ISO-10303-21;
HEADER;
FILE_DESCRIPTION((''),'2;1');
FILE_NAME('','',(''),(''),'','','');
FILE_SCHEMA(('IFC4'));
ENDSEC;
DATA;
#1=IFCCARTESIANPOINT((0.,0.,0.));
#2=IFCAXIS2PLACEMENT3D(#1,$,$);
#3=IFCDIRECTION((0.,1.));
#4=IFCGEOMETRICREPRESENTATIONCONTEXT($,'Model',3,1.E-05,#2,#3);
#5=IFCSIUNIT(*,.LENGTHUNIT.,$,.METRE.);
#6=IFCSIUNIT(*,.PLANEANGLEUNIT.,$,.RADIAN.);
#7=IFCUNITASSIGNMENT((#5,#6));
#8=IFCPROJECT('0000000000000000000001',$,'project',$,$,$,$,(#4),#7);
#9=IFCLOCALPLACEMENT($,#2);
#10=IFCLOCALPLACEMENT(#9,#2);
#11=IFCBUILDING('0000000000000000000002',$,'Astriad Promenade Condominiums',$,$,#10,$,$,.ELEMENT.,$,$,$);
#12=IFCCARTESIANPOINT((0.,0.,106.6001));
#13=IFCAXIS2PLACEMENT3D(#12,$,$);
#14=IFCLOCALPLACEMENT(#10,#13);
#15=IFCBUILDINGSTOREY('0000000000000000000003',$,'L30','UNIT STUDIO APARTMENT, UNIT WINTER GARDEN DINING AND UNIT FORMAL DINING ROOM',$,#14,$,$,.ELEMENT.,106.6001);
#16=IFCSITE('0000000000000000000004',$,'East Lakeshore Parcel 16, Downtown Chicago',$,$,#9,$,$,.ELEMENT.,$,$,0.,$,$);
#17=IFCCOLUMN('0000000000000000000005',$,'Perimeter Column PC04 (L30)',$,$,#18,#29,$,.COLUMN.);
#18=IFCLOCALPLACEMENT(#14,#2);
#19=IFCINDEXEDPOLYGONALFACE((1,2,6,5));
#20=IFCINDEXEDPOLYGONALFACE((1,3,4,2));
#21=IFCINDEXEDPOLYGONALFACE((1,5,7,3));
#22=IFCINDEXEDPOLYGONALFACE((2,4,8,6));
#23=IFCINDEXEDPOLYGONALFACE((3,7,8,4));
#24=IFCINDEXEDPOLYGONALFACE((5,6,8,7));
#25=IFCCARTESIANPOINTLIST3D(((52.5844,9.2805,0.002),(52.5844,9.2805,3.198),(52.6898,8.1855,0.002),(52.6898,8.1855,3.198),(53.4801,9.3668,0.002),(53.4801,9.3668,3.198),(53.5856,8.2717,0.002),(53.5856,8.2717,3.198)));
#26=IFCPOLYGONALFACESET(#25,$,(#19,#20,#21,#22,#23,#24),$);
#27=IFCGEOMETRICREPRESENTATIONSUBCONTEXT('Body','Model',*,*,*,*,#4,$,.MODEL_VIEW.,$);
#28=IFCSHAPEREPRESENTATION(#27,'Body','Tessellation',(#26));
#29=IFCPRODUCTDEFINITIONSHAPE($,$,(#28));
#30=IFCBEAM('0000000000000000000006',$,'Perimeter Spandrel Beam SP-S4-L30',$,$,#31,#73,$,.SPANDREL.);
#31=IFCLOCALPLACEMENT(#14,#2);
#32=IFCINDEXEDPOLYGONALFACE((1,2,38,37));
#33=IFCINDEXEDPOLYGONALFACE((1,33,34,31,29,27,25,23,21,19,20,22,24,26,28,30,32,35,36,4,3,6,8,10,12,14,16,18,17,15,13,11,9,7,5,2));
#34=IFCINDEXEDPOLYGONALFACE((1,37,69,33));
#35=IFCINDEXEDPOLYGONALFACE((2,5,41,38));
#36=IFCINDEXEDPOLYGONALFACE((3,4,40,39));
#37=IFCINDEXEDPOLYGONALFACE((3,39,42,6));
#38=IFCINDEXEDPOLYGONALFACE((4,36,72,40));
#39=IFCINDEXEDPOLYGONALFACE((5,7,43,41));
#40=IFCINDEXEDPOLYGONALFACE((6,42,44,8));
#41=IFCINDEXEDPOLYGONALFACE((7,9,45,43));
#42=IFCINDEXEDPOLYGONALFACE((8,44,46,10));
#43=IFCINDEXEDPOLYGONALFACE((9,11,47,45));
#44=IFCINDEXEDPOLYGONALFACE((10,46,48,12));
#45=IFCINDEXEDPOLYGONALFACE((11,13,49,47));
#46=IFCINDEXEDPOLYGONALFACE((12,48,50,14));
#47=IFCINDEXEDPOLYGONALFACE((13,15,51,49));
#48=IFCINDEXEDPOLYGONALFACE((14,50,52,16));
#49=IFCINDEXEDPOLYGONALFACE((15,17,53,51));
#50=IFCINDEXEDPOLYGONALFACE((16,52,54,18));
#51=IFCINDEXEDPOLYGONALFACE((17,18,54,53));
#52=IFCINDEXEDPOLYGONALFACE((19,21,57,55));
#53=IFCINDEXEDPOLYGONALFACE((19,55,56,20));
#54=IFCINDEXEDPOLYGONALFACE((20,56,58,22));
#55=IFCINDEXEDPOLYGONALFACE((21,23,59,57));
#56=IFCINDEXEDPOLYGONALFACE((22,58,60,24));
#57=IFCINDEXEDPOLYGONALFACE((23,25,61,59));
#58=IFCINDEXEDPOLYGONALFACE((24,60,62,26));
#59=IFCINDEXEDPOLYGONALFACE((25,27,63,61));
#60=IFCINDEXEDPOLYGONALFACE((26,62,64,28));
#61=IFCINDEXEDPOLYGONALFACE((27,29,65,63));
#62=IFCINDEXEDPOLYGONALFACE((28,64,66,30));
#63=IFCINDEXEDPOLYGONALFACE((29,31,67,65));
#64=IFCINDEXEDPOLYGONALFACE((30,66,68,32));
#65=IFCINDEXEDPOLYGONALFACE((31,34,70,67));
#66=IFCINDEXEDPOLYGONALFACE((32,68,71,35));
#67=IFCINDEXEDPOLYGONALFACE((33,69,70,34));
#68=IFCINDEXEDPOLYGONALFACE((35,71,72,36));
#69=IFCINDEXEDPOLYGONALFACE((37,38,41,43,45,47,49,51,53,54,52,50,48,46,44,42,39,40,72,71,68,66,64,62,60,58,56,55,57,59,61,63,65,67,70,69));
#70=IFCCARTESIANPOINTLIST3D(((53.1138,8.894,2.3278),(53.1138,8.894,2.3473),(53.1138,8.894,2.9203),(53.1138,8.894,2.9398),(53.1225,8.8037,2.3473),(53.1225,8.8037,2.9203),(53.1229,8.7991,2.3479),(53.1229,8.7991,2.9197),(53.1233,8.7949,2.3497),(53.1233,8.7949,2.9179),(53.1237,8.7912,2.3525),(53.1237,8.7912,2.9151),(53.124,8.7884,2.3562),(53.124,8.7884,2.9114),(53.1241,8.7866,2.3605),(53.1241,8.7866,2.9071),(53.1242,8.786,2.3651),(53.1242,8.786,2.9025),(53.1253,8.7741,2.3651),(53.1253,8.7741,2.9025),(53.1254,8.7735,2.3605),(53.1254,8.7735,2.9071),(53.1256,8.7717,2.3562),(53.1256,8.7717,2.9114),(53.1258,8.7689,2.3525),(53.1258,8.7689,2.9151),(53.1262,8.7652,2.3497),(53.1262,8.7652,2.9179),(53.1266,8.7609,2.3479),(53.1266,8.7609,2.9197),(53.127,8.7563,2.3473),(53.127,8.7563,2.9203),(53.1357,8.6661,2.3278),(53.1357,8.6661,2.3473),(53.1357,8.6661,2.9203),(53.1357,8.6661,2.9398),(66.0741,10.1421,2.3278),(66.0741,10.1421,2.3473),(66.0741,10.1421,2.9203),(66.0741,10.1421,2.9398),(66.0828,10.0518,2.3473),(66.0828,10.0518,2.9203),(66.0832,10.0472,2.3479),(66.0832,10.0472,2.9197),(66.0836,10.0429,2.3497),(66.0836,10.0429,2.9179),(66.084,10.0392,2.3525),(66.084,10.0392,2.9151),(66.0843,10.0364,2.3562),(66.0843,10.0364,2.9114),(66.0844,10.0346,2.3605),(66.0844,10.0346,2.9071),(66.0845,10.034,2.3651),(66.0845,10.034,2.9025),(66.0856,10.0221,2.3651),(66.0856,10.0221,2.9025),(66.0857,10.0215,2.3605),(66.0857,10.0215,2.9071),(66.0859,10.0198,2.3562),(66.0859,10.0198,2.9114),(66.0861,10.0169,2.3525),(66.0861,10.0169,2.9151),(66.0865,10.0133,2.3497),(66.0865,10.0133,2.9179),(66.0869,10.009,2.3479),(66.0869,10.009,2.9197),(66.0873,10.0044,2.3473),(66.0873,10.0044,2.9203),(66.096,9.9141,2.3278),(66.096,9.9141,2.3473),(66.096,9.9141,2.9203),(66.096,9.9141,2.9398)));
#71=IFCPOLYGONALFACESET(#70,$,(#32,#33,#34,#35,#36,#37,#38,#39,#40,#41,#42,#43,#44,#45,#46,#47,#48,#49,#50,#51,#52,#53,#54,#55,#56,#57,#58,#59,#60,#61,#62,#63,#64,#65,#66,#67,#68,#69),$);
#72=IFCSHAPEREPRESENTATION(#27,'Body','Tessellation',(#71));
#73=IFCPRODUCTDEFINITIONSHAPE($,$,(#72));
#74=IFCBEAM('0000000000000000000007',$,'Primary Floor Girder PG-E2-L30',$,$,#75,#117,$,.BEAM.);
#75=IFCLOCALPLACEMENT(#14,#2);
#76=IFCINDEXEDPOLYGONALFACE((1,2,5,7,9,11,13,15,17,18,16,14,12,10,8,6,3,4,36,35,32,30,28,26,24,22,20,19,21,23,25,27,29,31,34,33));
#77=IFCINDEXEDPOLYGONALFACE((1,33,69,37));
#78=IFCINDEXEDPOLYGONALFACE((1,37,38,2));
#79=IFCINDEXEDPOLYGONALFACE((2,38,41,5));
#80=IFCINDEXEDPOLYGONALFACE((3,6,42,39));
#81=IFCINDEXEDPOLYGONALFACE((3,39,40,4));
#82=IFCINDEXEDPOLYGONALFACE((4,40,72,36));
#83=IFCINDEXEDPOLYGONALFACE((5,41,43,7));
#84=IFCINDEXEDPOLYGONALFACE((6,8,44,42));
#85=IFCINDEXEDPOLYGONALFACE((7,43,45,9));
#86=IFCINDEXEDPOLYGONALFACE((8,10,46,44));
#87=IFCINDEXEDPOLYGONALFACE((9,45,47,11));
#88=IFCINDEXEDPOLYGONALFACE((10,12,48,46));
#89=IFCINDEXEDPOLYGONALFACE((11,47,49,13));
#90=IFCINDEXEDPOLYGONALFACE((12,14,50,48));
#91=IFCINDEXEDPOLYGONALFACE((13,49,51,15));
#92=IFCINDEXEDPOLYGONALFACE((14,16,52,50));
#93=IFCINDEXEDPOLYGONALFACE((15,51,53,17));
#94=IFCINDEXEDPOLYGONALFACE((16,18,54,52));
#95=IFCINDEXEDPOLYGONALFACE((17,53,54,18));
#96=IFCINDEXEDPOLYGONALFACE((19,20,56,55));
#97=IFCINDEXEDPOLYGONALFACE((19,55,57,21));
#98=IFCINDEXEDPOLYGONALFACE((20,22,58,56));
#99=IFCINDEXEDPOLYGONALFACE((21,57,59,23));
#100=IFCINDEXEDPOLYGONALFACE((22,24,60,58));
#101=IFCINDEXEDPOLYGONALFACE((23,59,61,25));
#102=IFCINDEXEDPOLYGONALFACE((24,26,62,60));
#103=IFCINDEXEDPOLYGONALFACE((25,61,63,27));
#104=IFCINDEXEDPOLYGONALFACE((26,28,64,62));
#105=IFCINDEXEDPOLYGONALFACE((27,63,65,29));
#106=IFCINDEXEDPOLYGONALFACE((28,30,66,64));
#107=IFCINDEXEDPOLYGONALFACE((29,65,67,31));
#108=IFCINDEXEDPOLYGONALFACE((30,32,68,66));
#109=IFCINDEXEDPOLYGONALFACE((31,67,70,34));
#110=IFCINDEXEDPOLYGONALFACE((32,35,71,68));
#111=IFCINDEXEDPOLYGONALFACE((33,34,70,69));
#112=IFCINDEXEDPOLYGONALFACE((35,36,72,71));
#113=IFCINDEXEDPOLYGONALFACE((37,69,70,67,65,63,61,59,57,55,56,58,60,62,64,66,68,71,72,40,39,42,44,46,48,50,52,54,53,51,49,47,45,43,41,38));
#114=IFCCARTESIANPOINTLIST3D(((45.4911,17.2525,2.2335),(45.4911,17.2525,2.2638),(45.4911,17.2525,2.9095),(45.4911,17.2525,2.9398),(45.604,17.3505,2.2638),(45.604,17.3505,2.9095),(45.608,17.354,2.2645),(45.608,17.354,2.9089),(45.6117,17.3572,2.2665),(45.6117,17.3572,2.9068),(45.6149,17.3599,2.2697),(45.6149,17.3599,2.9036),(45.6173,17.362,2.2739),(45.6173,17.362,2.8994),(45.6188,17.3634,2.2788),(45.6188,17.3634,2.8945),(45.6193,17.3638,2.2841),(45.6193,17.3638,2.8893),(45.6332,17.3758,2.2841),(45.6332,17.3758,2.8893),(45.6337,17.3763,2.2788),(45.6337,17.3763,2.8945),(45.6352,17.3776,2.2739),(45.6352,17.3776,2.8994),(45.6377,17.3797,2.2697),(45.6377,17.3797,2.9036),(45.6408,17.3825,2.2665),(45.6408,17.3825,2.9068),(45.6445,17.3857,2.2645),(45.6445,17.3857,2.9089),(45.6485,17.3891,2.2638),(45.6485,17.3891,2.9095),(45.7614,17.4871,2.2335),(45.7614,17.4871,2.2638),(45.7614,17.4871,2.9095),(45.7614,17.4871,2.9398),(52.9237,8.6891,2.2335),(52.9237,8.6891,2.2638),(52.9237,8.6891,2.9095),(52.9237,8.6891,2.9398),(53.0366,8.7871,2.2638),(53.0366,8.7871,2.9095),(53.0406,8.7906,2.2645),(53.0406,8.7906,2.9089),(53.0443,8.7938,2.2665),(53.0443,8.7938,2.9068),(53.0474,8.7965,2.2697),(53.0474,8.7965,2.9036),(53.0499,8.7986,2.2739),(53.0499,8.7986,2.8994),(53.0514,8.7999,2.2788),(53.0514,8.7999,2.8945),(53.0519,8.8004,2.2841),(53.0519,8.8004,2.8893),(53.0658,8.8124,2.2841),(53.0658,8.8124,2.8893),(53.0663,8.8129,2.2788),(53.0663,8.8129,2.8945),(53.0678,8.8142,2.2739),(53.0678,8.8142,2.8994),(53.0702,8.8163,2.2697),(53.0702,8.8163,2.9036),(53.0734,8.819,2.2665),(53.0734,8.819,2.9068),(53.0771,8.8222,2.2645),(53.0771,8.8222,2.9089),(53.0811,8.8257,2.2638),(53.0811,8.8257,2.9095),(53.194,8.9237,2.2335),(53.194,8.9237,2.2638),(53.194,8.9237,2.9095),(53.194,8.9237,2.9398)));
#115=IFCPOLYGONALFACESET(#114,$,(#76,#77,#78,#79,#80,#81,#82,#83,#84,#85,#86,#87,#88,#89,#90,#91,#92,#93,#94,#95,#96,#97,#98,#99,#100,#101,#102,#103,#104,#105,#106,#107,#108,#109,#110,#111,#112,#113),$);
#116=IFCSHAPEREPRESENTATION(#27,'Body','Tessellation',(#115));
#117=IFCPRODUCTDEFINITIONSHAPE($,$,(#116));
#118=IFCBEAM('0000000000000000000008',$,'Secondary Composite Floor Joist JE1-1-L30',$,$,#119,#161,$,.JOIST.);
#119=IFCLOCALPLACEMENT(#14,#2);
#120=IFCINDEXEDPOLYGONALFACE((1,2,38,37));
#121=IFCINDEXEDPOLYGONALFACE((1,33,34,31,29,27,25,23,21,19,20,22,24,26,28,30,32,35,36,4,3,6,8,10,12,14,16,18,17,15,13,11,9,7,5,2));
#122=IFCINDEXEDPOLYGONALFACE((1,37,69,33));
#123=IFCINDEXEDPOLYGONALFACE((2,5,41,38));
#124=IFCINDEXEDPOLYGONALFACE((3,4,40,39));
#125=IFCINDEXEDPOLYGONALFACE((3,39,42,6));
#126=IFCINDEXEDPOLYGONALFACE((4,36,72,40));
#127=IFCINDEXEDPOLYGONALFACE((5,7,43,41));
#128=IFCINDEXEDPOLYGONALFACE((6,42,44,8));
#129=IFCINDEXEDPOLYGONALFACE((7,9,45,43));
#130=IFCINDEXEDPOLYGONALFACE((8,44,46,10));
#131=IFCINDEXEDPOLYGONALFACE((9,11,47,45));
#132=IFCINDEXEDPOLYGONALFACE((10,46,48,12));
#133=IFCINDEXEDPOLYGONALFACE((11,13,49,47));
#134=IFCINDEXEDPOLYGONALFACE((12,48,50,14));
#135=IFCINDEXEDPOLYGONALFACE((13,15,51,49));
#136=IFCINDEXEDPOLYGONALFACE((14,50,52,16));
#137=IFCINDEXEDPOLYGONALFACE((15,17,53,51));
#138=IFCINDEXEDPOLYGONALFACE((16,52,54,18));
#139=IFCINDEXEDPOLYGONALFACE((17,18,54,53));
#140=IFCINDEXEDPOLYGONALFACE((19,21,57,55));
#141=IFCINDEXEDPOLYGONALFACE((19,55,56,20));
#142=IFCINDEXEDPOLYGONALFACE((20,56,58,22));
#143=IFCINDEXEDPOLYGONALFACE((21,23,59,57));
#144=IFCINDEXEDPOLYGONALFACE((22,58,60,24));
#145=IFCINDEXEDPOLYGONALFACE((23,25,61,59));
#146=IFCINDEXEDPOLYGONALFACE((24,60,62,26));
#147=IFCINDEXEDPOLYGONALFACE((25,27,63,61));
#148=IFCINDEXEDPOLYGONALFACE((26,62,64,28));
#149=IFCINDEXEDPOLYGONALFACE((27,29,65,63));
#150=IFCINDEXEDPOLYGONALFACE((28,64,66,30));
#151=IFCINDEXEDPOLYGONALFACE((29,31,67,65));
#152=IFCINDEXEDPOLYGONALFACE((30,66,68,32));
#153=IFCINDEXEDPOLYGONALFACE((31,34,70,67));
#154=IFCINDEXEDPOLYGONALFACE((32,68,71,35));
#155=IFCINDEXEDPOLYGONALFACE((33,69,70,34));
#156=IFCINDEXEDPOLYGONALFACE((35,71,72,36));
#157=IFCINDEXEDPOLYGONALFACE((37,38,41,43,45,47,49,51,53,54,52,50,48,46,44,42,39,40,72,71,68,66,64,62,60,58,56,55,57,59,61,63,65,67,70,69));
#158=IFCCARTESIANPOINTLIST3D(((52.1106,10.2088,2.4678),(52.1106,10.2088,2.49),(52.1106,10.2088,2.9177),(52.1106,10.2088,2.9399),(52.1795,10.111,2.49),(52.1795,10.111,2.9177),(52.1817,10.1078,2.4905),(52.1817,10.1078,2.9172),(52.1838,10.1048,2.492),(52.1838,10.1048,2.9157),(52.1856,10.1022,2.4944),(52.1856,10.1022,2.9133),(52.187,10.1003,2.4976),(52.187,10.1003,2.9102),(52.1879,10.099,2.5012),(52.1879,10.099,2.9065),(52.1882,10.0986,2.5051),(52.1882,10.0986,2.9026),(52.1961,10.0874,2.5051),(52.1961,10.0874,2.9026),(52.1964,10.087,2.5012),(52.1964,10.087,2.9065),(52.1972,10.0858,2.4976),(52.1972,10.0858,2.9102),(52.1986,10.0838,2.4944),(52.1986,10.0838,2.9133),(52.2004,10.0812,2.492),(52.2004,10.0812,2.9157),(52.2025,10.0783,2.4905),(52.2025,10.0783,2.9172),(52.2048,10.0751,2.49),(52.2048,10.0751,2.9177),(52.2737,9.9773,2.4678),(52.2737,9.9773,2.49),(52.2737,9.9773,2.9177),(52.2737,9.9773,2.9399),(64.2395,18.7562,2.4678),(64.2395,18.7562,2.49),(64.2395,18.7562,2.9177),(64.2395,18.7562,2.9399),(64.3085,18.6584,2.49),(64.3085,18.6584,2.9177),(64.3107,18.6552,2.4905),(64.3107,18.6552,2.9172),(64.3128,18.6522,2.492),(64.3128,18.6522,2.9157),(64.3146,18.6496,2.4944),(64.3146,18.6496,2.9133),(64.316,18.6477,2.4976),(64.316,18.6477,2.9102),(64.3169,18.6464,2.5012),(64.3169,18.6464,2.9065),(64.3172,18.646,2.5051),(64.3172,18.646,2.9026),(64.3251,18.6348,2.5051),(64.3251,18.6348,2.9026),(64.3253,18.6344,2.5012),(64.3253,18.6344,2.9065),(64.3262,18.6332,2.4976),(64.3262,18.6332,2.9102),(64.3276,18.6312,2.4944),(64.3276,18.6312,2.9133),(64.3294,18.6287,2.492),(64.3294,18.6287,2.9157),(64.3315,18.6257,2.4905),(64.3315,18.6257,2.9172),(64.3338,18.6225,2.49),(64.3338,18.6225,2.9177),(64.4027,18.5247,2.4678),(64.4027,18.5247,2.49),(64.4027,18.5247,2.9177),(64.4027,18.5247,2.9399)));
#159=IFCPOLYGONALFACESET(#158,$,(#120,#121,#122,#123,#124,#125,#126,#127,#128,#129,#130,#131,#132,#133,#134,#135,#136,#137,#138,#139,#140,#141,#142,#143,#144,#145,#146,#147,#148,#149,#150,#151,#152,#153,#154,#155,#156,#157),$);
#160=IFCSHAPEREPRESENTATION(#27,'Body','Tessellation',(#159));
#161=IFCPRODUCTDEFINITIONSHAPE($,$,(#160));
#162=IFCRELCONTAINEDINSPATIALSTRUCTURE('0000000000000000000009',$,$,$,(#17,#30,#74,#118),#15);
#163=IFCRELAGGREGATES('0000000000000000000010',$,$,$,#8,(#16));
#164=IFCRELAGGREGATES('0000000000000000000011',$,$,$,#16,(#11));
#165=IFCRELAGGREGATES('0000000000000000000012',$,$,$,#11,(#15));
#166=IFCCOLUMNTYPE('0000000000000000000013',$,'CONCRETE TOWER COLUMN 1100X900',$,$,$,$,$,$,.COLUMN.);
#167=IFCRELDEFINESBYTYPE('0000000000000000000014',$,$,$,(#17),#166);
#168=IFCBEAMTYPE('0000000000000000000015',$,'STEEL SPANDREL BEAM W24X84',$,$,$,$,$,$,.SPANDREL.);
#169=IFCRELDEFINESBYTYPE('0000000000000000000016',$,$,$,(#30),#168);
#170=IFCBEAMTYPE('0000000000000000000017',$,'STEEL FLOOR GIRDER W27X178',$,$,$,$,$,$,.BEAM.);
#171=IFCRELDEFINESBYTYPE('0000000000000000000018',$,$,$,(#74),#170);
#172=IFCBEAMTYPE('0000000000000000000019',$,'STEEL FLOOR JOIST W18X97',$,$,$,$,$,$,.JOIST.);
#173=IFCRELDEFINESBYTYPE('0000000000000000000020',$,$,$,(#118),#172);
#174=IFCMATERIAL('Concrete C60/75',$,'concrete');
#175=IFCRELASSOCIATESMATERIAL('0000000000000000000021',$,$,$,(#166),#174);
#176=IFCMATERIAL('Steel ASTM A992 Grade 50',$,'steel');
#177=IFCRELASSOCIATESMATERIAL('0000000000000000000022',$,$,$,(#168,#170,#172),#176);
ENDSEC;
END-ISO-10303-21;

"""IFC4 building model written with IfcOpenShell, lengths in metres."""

from ifc_helpers import new_model, si_unit, direction, frame, origin, origin_2d, place, context, subcontext, project, spatial, rectangle, i_section, extrude, source, transform, mapped, material, material_profile, profile_set, type_object, type_shapes, element, save


model = new_model("IFC4")

# Units and contexts
model_context = context("Model", 3, precision=1e-05, world=origin(), true_north=direction((0.0, 1.0)))
body_context = subcontext(model_context, "Body", "Model", "MODEL_VIEW")
ifc_project = project(units=[si_unit("LENGTHUNIT", "METRE"), si_unit("PLANEANGLEUNIT", "RADIAN")], contexts=[model_context])

# Site, building, storey
site_placement = place(None, origin())
site = spatial("IfcSite", under=ifc_project, at=site_placement, Name="East Lakeshore Parcel 16, Downtown Chicago", CompositionType="ELEMENT", RefElevation=0.0)
building_placement = place(site_placement, origin())
building = spatial("IfcBuilding", under=site, at=building_placement, Name="Astriad Promenade Condominiums", CompositionType="ELEMENT")
storey_placement = place(building_placement, frame((0.0, 0.0, 106.6001)))
storey = spatial("IfcBuildingStorey", under=building, at=storey_placement, Name="L30", Description="UNIT STUDIO APARTMENT, UNIT WINTER GARDEN DINING AND UNIT FORMAL DINING ROOM", CompositionType="ELEMENT", Elevation=106.6001)

# Column
ifc_material_1 = material(Name="Concrete C60/75", Category="concrete")
ifc_material_profile_1 = material_profile(ifc_material_1, rectangle(XDim=0.8999, YDim=1.1001, at=origin_2d()), Name="RC-COL-1100X900")
ifc_profile_set_1 = profile_set([ifc_material_profile_1], Name="Concrete C60/75")
column_type = type_object("IfcColumnType", Name="CONCRETE TOWER COLUMN 1100X900", PredefinedType="COLUMN", material=ifc_profile_set_1)
shared_shape_1 = source(origin(), body_context, "Body", "SweptSolid", [
    extrude(rectangle(XDim=0.8999, YDim=1.1001, at=origin_2d()), origin(), (0.0, 0.0, 1.0), 3.196),
])
type_shapes(column_type, [shared_shape_1])
column_placement = place(storey_placement, frame((53.085, 8.7761, 0.002), z_axis=(0.0, 0.0, 1.0), x_axis=(0.995396, 0.095846, 0.0)))
element("IfcColumn", 1, at=column_placement, inside=storey, type_object=column_type, Name="Perimeter Column PC04 (L30)", PredefinedType="COLUMN", context=body_context, shape_type="MappedRepresentation", body=[
    mapped(shared_shape_1, transform((0.0, 0.0, 0.0), scale=1.0)),
])

# Beams
ifc_material_2 = material(Name="Steel ASTM A992 Grade 50", Category="steel")
ifc_material_profile_2 = material_profile(ifc_material_2, i_section(OverallWidth=0.229, OverallDepth=0.6121, WebThickness=0.012, FlangeThickness=0.0195, FilletRadius=0.0178, at=origin_2d()), Name="W24X84")
ifc_profile_set_2 = profile_set([ifc_material_profile_2], Name="Steel ASTM A992 Grade 50")
beam_type_1 = type_object("IfcBeamType", Name="STEEL SPANDREL BEAM W24X84", PredefinedType="SPANDREL", material=ifc_profile_set_2)
shared_shape_2 = source(origin(), body_context, "Body", "SweptSolid", [
    extrude(i_section(OverallWidth=0.229, OverallDepth=0.6121, WebThickness=0.012, FlangeThickness=0.0195, FilletRadius=0.0178, at=origin_2d()), origin(), (0.0, 0.0, 1.0), 13.0203),
])
type_shapes(beam_type_1, [shared_shape_2])
beam_1_placement = place(storey_placement, frame((53.1248, 8.78, 2.6338), z_axis=(0.995395, 0.095855, 0.0), x_axis=(-0.095855, 0.995395, 0.0)))
element("IfcBeam", 2, at=beam_1_placement, inside=storey, type_object=beam_type_1, Name="Perimeter Spandrel Beam SP-S4-L30", PredefinedType="SPANDREL", context=body_context, shape_type="MappedRepresentation", body=[
    mapped(shared_shape_2, transform((0.0, 0.0, 0.0), scale=1.0)),
])
ifc_material_profile_3 = material_profile(ifc_material_2, i_section(OverallWidth=0.3579, OverallDepth=0.7063, WebThickness=0.0183, FlangeThickness=0.0303, FilletRadius=0.0203, at=origin_2d()), Name="W27X178")
ifc_profile_set_3 = profile_set([ifc_material_profile_3], Name="Steel ASTM A992 Grade 50")
beam_type_2 = type_object("IfcBeamType", Name="STEEL FLOOR GIRDER W27X178", PredefinedType="BEAM", material=ifc_profile_set_3)
shared_shape_3 = source(origin(), body_context, "Body", "SweptSolid", [
    extrude(i_section(OverallWidth=0.3579, OverallDepth=0.7063, WebThickness=0.0183, FlangeThickness=0.0303, FilletRadius=0.0203, at=origin_2d()), origin(), (0.0, 0.0, 1.0), 11.3391),
])
type_shapes(beam_type_2, [shared_shape_3])
beam_2_placement = place(storey_placement, frame((53.0588, 8.8064, 2.5867), z_axis=(-0.655481, 0.755211, 0.0), x_axis=(-0.755211, -0.655481, 0.0)))
element("IfcBeam", 3, at=beam_2_placement, inside=storey, type_object=beam_type_2, Name="Primary Floor Girder PG-E2-L30", PredefinedType="BEAM", context=body_context, shape_type="MappedRepresentation", body=[
    mapped(shared_shape_3, transform((0.0, 0.0, 0.0), scale=1.0)),
])
ifc_material_profile_4 = material_profile(ifc_material_2, i_section(OverallWidth=0.2832, OverallDepth=0.4722, WebThickness=0.0137, FlangeThickness=0.0222, FilletRadius=0.0151, at=origin_2d()), Name="W18X97")
ifc_profile_set_4 = profile_set([ifc_material_profile_4], Name="Steel ASTM A992 Grade 50")
beam_type_3 = type_object("IfcBeamType", Name="STEEL FLOOR JOIST W18X97", PredefinedType="JOIST", material=ifc_profile_set_4)
shared_shape_4 = source(origin(), body_context, "Body", "SweptSolid", [
    extrude(i_section(OverallWidth=0.2832, OverallDepth=0.4722, WebThickness=0.0137, FlangeThickness=0.0222, FilletRadius=0.0151, at=origin_2d()), origin(), (0.0, 0.0, 1.0), 14.8381),
])
beam_3_placement = place(storey_placement, frame((52.1921, 10.093, 2.7039), z_axis=(0.817419, 0.576043, 0.0), x_axis=(-0.576043, 0.817419, 0.0)))
element("IfcBeam", 4, at=beam_3_placement, inside=storey, type_object=beam_type_3, Name="Secondary Composite Floor Joist JE1-1-L30", PredefinedType="JOIST", context=body_context, shape_type="MappedRepresentation", body=[
    mapped(shared_shape_4, transform((0.0, 0.0, 0.0), scale=1.0)),
])

save(model, "model.ifc")
